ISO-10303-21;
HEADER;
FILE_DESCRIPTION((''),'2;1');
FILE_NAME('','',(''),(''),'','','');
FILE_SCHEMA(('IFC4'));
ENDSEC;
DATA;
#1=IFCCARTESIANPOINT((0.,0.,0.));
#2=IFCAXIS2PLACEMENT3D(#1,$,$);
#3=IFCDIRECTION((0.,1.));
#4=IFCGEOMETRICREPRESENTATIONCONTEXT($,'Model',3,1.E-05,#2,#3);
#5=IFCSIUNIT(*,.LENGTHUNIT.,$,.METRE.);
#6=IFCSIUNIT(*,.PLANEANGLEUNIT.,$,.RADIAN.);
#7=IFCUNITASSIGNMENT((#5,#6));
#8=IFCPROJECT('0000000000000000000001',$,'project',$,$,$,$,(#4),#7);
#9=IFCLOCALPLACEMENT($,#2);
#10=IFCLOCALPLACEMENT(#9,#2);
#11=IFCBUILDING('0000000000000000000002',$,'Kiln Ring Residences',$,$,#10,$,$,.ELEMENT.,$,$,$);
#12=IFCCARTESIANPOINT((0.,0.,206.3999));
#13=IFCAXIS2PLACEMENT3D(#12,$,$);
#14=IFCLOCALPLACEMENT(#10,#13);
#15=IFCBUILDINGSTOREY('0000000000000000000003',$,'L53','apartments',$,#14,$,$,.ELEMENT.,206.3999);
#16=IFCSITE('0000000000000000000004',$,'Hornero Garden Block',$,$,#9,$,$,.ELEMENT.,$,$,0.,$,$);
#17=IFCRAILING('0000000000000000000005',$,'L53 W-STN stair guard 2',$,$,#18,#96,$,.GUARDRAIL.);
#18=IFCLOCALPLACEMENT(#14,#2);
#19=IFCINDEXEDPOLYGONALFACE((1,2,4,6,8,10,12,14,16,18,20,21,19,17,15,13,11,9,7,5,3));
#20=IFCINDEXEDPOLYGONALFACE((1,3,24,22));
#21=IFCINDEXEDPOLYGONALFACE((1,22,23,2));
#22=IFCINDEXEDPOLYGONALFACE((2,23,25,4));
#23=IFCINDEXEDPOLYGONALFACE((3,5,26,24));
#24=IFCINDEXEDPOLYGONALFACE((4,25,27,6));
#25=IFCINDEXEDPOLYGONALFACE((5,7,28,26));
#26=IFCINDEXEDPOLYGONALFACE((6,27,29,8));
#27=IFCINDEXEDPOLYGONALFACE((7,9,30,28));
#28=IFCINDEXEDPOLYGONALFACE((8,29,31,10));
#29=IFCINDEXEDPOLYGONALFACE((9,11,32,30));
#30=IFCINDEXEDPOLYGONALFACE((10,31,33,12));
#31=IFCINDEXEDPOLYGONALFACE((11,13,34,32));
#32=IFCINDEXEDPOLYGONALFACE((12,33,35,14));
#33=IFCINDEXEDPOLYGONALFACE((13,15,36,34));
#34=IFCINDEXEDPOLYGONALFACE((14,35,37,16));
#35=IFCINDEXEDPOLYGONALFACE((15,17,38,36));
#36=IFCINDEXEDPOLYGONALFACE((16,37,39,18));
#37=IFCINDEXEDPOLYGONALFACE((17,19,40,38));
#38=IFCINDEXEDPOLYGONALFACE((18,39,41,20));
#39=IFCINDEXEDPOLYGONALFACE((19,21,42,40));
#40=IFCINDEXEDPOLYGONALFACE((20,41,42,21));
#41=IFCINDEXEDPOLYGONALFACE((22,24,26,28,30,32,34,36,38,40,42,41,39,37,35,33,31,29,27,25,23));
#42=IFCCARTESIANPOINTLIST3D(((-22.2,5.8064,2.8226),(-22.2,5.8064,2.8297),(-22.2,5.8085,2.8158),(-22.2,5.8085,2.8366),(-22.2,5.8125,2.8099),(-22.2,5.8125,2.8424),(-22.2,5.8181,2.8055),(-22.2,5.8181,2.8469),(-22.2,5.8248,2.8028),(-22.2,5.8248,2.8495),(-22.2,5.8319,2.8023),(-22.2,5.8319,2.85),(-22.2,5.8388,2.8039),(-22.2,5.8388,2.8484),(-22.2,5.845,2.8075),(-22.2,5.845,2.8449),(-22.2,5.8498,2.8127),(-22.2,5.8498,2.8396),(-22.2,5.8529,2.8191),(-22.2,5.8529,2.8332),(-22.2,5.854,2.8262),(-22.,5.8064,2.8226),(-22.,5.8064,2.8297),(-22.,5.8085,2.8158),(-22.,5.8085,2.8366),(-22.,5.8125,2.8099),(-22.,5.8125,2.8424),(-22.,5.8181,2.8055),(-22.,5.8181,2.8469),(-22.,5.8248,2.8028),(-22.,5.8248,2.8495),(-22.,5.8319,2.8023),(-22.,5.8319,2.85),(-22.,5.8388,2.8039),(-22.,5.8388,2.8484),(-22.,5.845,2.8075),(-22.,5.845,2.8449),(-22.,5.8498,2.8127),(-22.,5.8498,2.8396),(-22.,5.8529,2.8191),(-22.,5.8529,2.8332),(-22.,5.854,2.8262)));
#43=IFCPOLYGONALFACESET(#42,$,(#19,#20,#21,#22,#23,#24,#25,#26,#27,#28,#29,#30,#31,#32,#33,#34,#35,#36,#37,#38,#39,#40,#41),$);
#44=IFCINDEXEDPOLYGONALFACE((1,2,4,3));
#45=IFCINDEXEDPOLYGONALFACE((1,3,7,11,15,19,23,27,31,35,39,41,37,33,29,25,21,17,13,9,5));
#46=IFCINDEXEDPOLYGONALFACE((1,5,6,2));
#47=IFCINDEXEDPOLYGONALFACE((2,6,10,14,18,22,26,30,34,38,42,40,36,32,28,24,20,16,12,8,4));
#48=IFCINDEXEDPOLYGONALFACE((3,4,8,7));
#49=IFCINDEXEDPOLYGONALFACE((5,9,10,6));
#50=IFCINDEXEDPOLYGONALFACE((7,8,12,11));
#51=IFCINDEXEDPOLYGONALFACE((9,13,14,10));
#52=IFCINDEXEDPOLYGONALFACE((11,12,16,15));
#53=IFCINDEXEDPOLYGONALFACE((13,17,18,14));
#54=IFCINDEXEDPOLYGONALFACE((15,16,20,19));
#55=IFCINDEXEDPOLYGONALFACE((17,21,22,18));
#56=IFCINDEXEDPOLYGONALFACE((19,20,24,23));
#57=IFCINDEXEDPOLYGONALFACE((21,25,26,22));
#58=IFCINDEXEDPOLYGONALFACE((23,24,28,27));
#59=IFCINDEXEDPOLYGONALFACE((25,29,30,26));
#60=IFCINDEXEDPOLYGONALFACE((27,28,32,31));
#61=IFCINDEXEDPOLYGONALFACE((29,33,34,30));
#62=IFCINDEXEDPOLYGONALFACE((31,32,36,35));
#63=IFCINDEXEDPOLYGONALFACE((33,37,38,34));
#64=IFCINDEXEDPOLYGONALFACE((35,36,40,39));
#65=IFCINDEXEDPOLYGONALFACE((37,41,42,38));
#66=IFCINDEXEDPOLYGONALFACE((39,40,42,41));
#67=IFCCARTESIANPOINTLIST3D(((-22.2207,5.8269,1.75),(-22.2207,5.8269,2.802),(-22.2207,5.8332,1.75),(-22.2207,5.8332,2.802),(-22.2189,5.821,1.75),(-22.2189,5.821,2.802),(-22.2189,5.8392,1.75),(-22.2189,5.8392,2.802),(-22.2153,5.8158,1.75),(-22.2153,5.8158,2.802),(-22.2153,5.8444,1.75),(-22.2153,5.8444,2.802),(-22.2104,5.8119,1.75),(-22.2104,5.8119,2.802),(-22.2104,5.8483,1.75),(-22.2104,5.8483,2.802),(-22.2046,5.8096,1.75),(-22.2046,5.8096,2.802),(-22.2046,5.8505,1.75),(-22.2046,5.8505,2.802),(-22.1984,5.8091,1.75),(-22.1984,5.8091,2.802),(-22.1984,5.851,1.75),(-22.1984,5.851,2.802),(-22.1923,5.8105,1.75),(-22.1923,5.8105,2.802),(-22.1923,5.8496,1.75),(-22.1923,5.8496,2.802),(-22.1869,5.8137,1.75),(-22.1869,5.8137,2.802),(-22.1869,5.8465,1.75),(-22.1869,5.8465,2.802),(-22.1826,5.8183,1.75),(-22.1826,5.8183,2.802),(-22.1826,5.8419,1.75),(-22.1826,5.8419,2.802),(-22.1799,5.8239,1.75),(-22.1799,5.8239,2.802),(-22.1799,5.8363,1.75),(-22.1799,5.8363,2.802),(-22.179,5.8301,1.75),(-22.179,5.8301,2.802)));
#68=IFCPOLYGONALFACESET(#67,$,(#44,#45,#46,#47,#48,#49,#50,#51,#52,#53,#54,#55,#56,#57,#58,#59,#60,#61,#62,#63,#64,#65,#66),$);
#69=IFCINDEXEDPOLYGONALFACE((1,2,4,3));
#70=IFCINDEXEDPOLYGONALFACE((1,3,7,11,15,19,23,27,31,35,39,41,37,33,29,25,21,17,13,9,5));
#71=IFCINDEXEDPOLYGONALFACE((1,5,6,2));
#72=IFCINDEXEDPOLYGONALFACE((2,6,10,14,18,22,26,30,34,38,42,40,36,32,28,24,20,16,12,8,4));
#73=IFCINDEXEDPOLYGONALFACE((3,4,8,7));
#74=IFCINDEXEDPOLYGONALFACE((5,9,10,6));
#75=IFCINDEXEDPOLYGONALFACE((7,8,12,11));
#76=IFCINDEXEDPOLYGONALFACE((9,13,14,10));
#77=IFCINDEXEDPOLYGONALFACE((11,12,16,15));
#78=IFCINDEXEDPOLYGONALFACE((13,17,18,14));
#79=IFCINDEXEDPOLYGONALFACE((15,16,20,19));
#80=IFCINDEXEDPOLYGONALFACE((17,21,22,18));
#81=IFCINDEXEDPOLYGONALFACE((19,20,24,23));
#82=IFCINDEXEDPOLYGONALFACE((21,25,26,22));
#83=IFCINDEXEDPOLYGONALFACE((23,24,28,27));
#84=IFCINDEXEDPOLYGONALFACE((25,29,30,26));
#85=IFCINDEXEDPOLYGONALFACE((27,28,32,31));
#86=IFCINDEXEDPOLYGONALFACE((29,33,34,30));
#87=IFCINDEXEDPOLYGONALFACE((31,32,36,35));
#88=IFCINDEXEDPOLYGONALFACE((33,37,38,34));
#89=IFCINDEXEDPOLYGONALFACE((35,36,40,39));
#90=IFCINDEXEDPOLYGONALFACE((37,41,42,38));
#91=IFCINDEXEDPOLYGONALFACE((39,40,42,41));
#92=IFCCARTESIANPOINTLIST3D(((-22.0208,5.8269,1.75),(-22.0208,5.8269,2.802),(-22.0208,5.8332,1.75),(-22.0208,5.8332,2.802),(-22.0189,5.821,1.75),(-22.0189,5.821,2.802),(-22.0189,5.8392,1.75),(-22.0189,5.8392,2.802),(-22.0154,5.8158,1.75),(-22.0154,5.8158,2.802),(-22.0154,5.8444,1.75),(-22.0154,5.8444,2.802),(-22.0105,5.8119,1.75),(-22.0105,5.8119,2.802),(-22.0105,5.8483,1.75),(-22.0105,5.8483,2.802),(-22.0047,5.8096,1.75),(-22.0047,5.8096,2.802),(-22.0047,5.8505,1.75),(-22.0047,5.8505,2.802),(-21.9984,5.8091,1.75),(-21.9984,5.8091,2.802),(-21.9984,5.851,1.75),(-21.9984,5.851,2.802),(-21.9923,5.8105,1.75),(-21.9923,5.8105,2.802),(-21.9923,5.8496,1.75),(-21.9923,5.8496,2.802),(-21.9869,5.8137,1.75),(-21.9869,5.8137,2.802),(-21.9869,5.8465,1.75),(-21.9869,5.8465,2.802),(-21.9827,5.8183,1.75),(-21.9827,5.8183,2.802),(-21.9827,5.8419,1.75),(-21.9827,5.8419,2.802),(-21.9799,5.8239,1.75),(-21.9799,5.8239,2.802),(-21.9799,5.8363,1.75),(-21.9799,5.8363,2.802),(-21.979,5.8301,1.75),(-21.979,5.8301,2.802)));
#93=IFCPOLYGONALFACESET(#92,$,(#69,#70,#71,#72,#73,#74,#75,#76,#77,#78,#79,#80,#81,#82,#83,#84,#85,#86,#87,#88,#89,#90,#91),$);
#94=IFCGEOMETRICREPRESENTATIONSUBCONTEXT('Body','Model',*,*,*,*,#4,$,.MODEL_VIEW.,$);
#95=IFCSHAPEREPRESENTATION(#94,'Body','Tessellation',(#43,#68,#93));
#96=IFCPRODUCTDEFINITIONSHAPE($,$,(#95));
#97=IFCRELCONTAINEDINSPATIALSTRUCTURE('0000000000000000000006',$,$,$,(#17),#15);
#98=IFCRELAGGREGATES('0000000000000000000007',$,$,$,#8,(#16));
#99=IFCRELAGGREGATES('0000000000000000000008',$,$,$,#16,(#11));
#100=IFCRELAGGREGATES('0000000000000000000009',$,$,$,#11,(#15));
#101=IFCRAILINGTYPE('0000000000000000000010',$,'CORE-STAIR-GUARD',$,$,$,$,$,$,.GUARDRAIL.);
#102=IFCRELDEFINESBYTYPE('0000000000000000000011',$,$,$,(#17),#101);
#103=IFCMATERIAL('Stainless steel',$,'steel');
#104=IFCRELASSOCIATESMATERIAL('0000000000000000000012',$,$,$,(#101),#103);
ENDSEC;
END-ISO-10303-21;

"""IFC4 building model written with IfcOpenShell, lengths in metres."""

from ifc_helpers import new_model, si_unit, direction, frame, origin, origin_2d, place, context, subcontext, project, spatial, circle, extrude, material, type_object, element, save


model = new_model("IFC4")

# Units and contexts
model_context = context("Model", 3, precision=1e-05, world=origin(), true_north=direction((0.0, 1.0)))
body_context = subcontext(model_context, "Body", "Model", "MODEL_VIEW")
ifc_project = project(units=[si_unit("LENGTHUNIT", "METRE"), si_unit("PLANEANGLEUNIT", "RADIAN")], contexts=[model_context])

# Site, building, storey
site_placement = place(None, origin())
site = spatial("IfcSite", under=ifc_project, at=site_placement, Name="Hornero Garden Block", CompositionType="ELEMENT", RefElevation=0.0)
building_placement = place(site_placement, origin())
building = spatial("IfcBuilding", under=site, at=building_placement, Name="Kiln Ring Residences", CompositionType="ELEMENT")
storey_placement = place(building_placement, frame((0.0, 0.0, 206.3999)))
storey = spatial("IfcBuildingStorey", under=building, at=storey_placement, Name="L53", Description="apartments", CompositionType="ELEMENT", Elevation=206.3999)

# Railing
ifc_material_1 = material(Name="Stainless steel", Category="steel")
railing_type_1 = type_object("IfcRailingType", Name="CORE-STAIR-GUARD", PredefinedType="GUARDRAIL", material=ifc_material_1)
railing_1_placement = place(storey_placement, frame((-22.2, 5.8301, 1.75)))
element("IfcRailing", 1, at=railing_1_placement, inside=storey, type_object=railing_type_1, Name="L53 W-STN stair guard 2", PredefinedType="GUARDRAIL", context=body_context, shape_type="SweptSolid", body=[
    extrude(circle(Radius=0.0239, at=origin_2d()), frame((0.0, 0.0, 1.0762), z_axis=(1.0, 0.0, 0.0), x_axis=(0.0, 1.0, 0.0)), (0.0, 0.0, 1.0), 0.2),
    extrude(circle(Radius=0.021, at=origin_2d()), origin(), (0.0, 0.0, 1.0), 1.052),
    extrude(circle(Radius=0.021, at=origin_2d()), frame((0.2, 0.0, 0.0)), (0.0, 0.0, 1.0), 1.052),
])

save(model, "model.ifc")
